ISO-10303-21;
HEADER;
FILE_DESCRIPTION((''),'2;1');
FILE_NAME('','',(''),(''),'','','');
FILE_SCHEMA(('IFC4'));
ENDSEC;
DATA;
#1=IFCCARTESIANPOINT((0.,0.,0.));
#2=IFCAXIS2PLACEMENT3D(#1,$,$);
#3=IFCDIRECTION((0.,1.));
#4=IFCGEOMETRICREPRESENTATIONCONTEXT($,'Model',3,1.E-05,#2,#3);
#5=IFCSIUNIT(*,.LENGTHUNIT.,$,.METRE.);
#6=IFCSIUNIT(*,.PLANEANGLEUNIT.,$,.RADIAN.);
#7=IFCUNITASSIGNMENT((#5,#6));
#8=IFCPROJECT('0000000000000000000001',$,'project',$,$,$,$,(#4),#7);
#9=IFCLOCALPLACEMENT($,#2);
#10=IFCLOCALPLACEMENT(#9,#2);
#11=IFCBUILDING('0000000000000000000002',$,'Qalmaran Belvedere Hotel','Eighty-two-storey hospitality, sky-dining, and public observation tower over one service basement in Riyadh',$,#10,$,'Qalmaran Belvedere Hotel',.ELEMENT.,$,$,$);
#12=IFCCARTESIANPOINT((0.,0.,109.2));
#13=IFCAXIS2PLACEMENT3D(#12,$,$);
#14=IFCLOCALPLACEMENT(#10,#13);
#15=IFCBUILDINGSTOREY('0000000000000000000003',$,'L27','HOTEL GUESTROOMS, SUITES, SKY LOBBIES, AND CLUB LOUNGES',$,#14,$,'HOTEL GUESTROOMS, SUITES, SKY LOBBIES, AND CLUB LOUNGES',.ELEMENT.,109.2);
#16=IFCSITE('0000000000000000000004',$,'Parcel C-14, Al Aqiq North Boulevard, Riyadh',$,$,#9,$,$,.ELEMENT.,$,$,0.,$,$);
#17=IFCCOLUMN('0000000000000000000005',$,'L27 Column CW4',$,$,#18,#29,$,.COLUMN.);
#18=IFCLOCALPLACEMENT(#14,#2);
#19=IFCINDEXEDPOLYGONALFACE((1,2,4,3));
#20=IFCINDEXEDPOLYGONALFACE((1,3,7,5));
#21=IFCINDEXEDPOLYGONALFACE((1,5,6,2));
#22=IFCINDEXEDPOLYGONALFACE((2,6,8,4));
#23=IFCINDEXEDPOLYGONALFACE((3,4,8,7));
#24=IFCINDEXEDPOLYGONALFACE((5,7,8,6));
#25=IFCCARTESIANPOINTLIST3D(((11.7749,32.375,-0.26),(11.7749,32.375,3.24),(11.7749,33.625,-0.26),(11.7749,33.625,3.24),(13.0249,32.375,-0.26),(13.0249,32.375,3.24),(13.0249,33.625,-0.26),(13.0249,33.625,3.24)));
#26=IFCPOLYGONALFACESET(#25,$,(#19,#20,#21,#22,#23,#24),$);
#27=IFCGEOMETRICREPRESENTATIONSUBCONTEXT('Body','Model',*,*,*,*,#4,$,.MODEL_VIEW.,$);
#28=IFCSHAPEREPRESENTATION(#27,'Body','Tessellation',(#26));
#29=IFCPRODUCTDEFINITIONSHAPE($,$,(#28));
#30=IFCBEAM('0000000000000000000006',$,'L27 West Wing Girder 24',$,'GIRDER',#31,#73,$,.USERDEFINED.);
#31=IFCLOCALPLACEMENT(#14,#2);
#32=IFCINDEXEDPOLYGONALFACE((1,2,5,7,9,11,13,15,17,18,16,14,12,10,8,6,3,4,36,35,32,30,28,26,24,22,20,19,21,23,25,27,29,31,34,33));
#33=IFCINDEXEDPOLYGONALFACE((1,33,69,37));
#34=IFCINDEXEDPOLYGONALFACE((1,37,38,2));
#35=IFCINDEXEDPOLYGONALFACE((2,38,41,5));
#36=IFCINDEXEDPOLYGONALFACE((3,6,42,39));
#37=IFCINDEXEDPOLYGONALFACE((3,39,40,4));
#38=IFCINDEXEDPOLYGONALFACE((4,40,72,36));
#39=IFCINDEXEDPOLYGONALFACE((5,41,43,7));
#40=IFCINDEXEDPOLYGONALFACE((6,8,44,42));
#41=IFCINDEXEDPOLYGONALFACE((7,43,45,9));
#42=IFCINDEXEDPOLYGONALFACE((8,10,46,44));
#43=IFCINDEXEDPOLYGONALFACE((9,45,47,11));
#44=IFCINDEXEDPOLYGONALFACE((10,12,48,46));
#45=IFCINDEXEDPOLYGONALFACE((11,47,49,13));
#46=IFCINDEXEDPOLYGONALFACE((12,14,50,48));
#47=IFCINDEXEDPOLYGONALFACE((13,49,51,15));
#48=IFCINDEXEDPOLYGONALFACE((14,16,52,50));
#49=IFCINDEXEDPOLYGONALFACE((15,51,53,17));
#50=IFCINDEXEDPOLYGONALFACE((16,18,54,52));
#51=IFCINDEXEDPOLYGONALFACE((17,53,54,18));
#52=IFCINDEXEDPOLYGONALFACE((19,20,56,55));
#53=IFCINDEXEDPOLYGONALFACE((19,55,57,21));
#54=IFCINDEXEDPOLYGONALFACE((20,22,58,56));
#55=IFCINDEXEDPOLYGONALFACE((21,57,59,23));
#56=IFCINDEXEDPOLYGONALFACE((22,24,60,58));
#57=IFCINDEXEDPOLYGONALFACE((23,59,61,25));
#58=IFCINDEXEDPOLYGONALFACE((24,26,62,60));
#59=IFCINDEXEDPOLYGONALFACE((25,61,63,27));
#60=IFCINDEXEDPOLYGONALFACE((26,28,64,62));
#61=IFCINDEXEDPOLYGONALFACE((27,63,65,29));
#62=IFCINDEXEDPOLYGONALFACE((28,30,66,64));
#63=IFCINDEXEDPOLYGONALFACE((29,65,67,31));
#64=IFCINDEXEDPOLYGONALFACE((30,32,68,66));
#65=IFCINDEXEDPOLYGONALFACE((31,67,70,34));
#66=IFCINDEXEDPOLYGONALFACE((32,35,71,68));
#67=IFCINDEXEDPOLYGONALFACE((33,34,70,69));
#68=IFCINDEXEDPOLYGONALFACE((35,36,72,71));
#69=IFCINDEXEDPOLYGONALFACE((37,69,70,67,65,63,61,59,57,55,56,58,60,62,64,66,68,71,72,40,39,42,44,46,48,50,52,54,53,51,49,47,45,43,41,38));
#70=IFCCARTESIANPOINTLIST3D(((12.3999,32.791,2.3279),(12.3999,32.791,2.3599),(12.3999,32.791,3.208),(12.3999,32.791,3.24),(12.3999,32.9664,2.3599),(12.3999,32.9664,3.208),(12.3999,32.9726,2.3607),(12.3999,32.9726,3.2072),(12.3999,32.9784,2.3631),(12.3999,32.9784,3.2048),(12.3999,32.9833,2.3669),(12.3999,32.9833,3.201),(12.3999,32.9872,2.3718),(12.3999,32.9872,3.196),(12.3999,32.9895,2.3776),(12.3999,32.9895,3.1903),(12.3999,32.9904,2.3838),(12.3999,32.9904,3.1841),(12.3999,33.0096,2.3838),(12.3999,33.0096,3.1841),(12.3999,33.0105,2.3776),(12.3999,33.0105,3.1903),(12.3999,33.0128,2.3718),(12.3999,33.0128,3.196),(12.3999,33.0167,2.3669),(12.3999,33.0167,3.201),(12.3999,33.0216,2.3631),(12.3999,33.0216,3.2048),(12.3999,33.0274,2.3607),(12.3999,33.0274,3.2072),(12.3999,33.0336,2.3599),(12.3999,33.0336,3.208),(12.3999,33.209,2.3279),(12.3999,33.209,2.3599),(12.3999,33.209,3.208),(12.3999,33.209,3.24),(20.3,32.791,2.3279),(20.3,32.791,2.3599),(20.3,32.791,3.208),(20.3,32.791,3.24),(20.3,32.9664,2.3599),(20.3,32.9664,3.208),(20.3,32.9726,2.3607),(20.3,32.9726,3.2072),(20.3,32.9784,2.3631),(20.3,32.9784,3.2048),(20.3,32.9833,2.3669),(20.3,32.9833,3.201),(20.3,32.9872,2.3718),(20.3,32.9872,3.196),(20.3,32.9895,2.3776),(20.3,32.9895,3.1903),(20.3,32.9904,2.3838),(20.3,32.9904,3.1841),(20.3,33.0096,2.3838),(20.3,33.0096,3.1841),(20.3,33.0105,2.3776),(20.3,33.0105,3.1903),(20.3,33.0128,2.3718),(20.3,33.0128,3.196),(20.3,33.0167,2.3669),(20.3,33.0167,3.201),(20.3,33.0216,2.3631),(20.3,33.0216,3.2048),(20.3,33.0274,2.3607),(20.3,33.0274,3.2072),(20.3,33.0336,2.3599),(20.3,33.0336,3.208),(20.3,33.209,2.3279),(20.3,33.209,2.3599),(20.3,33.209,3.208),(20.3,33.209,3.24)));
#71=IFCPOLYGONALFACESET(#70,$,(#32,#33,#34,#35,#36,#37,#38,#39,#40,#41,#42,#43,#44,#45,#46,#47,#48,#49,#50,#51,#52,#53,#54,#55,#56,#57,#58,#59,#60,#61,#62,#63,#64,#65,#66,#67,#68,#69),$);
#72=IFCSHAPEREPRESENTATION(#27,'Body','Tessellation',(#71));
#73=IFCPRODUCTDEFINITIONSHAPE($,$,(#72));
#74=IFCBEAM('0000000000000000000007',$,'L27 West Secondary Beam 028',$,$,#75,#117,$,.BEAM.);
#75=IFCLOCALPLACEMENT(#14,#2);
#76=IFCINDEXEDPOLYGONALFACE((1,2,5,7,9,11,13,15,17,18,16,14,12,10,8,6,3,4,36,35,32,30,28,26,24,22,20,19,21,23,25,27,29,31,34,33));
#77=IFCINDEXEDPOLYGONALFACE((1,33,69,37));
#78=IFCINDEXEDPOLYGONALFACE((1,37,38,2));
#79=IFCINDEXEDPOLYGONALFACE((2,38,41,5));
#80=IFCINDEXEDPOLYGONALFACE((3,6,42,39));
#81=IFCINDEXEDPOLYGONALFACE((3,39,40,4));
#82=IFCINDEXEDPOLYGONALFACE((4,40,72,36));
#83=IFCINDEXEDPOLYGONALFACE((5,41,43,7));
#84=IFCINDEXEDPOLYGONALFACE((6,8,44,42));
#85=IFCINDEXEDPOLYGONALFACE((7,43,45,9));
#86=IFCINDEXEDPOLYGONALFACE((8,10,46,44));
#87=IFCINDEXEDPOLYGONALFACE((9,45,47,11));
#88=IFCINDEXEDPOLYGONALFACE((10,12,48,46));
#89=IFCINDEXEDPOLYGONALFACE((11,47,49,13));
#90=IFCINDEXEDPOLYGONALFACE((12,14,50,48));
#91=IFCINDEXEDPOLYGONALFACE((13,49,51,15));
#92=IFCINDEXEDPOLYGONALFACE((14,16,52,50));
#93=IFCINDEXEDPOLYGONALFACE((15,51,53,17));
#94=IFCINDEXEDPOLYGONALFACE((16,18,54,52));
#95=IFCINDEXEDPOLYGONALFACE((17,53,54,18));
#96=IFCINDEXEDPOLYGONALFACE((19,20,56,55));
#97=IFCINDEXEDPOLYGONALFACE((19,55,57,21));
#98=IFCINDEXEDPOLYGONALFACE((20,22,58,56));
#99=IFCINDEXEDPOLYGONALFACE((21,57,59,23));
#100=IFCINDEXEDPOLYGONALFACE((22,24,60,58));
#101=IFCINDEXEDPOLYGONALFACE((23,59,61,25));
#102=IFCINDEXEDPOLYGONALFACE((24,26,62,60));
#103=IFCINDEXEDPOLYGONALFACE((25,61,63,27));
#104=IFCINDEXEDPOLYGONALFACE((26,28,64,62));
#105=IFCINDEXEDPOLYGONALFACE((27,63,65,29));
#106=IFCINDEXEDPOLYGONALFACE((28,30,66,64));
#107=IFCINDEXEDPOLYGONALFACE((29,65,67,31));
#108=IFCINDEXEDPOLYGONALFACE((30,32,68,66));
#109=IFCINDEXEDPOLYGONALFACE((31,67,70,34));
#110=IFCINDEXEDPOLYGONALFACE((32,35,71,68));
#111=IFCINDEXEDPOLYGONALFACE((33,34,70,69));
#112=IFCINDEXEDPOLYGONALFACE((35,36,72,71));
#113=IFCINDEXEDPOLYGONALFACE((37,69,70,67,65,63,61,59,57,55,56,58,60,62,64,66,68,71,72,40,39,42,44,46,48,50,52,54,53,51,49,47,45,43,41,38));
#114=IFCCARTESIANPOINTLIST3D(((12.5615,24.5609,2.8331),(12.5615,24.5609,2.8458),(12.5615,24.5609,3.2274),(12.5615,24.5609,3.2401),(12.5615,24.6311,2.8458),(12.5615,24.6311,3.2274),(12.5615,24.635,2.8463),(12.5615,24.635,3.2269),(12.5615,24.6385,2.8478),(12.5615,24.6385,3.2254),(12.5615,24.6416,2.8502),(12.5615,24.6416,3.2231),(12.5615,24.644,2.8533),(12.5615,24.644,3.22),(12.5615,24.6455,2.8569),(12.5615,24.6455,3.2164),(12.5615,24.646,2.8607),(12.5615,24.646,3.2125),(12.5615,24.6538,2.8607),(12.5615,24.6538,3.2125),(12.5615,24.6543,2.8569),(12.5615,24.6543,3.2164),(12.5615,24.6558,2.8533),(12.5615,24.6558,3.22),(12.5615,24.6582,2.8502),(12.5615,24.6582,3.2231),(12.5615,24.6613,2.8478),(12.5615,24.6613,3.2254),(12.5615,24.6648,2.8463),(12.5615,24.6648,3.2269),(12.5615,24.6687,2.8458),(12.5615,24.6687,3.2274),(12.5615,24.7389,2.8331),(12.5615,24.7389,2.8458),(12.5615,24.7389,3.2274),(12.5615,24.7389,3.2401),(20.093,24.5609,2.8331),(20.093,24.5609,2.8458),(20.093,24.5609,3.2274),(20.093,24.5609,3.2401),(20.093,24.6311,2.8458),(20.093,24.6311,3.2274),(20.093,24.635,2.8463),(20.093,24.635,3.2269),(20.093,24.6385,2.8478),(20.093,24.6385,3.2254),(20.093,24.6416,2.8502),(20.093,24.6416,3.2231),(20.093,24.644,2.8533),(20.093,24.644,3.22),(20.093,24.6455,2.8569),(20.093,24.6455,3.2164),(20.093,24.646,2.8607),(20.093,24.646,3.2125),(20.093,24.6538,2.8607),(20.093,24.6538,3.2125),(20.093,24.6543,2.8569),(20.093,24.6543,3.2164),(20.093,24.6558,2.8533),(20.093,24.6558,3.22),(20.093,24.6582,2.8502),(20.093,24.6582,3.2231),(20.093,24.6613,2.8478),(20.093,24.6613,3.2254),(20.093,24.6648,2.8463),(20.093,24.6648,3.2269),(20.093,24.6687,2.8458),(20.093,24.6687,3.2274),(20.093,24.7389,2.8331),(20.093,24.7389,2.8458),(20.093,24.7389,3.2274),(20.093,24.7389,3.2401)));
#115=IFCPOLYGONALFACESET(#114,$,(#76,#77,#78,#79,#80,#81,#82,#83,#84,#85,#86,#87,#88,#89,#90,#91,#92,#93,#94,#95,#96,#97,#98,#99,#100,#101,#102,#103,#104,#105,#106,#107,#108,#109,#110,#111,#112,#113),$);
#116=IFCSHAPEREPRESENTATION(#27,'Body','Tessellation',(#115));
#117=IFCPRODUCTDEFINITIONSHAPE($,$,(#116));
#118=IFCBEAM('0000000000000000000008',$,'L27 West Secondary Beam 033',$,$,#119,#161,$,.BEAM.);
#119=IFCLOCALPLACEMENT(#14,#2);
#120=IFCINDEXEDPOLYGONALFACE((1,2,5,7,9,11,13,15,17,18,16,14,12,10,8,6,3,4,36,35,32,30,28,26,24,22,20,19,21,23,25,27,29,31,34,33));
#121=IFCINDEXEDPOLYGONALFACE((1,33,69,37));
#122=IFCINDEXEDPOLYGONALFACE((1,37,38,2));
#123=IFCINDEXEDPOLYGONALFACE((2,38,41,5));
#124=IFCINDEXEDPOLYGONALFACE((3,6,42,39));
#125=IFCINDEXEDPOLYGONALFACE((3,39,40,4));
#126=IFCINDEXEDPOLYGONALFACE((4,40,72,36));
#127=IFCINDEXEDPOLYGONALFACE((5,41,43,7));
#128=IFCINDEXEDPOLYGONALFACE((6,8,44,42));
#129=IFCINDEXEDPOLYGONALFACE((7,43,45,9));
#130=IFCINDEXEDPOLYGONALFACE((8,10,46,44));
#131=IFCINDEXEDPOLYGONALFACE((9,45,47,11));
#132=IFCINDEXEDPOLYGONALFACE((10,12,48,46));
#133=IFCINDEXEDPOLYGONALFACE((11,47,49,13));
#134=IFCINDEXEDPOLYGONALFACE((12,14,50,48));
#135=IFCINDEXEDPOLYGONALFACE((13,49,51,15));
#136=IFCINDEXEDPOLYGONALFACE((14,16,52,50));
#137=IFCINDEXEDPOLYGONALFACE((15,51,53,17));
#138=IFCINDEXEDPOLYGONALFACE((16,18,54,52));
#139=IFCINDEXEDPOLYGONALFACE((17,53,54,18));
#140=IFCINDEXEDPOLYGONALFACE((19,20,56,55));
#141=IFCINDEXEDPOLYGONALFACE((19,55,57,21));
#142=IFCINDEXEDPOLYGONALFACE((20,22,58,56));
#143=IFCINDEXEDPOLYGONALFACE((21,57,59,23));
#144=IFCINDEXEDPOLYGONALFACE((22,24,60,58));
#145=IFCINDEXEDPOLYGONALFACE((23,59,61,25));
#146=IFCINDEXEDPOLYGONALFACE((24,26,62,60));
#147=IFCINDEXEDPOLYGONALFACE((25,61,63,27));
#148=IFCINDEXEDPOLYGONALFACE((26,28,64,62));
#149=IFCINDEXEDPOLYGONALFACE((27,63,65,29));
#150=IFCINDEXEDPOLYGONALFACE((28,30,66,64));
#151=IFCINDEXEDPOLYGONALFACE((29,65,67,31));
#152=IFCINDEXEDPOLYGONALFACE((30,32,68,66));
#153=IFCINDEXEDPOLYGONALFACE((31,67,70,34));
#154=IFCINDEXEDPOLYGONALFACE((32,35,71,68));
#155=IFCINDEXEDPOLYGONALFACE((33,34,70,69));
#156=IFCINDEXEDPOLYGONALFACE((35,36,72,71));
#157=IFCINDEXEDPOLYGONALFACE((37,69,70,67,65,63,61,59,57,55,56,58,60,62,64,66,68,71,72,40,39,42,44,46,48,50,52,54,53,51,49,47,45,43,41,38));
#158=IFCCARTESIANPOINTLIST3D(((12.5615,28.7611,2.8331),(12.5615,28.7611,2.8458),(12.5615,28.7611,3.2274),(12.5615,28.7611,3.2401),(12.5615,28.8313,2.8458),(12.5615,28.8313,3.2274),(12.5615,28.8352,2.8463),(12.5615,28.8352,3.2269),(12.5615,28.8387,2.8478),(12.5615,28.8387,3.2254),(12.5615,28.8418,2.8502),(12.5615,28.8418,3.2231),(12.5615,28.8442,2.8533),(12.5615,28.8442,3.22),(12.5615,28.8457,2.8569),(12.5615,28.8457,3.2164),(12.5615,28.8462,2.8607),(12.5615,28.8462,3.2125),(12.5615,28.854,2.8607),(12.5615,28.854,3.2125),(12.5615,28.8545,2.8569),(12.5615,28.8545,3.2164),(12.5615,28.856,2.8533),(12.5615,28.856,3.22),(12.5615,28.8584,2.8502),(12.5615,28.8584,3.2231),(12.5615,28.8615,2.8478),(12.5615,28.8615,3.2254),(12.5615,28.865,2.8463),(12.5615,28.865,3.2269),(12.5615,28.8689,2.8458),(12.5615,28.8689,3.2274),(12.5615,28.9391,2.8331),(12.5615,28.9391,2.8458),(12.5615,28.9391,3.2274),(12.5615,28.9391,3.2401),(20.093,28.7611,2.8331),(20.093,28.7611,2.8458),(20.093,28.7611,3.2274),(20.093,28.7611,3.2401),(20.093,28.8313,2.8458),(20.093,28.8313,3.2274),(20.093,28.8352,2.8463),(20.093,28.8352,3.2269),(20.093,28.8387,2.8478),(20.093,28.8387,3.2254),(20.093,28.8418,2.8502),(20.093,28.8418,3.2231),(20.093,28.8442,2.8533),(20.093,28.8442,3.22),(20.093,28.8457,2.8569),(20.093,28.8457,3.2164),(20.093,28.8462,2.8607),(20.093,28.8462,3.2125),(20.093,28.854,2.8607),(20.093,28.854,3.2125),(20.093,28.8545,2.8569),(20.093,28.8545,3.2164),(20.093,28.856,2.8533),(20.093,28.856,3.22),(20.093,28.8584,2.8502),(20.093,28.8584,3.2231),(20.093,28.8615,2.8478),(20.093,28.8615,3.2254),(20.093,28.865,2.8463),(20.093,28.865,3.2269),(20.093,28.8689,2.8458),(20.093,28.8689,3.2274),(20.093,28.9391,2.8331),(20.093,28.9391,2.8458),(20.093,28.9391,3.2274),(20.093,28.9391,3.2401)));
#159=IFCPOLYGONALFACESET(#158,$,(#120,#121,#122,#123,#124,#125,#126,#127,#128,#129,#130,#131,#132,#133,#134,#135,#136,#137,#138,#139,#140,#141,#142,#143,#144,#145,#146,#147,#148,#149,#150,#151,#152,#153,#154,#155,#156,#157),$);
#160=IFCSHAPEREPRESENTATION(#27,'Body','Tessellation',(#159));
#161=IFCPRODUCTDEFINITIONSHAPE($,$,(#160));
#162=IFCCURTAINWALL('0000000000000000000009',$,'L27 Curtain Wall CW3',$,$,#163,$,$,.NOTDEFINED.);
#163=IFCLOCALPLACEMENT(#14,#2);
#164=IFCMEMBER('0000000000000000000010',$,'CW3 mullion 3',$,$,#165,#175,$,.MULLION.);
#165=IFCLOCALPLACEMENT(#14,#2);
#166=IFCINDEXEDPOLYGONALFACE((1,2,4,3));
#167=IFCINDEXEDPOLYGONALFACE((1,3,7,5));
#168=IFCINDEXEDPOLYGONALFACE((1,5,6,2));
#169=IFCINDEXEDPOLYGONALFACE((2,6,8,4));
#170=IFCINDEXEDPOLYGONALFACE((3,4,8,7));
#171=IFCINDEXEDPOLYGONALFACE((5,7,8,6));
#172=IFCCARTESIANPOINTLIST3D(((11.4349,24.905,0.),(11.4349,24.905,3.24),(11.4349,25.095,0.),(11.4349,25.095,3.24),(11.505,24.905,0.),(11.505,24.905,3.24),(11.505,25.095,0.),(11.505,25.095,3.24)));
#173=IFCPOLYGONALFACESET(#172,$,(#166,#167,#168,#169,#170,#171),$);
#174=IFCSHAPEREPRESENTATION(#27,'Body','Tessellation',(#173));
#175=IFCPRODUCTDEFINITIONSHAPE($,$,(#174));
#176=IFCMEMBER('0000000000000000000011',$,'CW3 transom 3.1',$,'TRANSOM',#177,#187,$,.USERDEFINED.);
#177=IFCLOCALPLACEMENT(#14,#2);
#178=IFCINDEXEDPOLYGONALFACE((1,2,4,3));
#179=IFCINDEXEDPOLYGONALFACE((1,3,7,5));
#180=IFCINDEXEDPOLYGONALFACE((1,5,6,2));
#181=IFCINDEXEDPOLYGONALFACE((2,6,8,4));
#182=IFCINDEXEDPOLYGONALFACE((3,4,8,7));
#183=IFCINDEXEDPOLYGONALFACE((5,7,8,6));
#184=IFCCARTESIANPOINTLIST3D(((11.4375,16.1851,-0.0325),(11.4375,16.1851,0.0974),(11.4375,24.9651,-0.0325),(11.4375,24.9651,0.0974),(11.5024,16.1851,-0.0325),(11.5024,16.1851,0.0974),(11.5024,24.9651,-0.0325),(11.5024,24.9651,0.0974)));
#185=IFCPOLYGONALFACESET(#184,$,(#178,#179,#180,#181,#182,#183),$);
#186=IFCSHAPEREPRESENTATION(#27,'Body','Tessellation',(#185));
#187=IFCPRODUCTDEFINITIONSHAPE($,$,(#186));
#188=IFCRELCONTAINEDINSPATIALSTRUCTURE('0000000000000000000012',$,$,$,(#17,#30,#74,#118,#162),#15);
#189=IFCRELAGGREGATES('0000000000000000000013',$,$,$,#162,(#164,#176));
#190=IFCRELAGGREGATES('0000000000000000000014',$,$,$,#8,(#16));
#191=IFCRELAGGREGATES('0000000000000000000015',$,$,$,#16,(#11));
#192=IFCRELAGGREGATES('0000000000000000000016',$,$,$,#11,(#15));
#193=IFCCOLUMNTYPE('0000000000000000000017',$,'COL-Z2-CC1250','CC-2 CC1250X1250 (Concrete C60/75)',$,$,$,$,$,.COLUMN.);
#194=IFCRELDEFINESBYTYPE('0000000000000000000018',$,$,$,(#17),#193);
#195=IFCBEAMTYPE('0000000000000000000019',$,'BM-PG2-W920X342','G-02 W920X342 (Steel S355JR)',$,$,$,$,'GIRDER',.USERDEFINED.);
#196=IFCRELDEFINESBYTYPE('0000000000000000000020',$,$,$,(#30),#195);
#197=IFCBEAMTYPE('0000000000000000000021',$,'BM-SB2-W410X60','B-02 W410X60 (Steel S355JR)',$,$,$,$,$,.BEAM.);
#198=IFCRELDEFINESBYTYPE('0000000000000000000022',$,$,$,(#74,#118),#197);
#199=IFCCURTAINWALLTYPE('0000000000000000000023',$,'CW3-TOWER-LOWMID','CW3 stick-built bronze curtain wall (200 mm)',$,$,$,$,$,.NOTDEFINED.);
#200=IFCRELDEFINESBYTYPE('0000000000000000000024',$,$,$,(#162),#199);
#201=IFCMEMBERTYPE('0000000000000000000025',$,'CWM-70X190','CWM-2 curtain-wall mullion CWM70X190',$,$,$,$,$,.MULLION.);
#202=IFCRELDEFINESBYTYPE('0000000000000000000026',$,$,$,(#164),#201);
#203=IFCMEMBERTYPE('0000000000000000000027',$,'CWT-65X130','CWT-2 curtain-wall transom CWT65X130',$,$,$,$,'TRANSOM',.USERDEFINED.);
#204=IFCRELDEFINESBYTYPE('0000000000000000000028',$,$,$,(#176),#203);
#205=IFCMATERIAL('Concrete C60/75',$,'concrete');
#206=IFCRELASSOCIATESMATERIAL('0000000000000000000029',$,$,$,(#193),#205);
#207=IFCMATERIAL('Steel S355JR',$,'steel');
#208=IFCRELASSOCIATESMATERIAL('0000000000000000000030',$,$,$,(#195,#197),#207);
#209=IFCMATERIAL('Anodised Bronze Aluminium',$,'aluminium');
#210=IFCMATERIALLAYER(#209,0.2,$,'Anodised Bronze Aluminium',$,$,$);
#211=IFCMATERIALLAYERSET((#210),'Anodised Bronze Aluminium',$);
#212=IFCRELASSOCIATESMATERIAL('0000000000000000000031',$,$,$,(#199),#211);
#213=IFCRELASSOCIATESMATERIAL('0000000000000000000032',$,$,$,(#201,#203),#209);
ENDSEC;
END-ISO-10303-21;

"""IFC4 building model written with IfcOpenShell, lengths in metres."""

from ifc_helpers import new_model, si_unit, direction, frame, origin, origin_2d, place, context, subcontext, project, spatial, rectangle, i_section, extrude, material, layer, layer_set, material_profile, profile_set, type_object, element, aggregate, save


model = new_model("IFC4")

# Units and contexts
model_context = context("Model", 3, precision=1e-05, world=origin(), true_north=direction((0.0, 1.0)))
body_context = subcontext(model_context, "Body", "Model", "MODEL_VIEW")
ifc_project = project(units=[si_unit("LENGTHUNIT", "METRE"), si_unit("PLANEANGLEUNIT", "RADIAN")], contexts=[model_context])

# Site, building, storey
site_placement = place(None, origin())
site = spatial("IfcSite", under=ifc_project, at=site_placement, Name="Parcel C-14, Al Aqiq North Boulevard, Riyadh", CompositionType="ELEMENT", RefElevation=0.0)
building_placement = place(site_placement, origin())
building = spatial("IfcBuilding", under=site, at=building_placement, Name="Qalmaran Belvedere Hotel", Description="Eighty-two-storey hospitality, sky-dining, and public observation tower over one service basement in Riyadh", LongName="Qalmaran Belvedere Hotel", CompositionType="ELEMENT")
storey_placement = place(building_placement, frame((0.0, 0.0, 109.2)))
storey = spatial("IfcBuildingStorey", under=building, at=storey_placement, Name="L27", Description="HOTEL GUESTROOMS, SUITES, SKY LOBBIES, AND CLUB LOUNGES", LongName="HOTEL GUESTROOMS, SUITES, SKY LOBBIES, AND CLUB LOUNGES", CompositionType="ELEMENT", Elevation=109.2)

# Column
ifc_material_1 = material(Name="Concrete C60/75", Category="concrete")
ifc_material_profile_1 = material_profile(ifc_material_1, rectangle(XDim=1.25, YDim=1.25, at=origin_2d()), Name="CC1250X1250")
ifc_profile_set_1 = profile_set([ifc_material_profile_1], Name="Concrete C60/75")
column_type = type_object("IfcColumnType", Name="COL-Z2-CC1250", Description="CC-2 CC1250X1250 (Concrete C60/75)", PredefinedType="COLUMN", material=ifc_profile_set_1)
column_placement = place(storey_placement, frame((12.3999, 33.0, -0.26), z_axis=(0.0, 0.0, 1.0), x_axis=(1.0, 0.0, 0.0)))
element("IfcColumn", 1, at=column_placement, inside=storey, type_object=column_type, Name="L27 Column CW4", PredefinedType="COLUMN", context=body_context, shape_type="SweptSolid", body=[
    extrude(rectangle(XDim=1.25, YDim=1.25, at=origin_2d()), origin(), (0.0, 0.0, 1.0), 3.5),
])

# Beams
ifc_material_2 = material(Name="Steel S355JR", Category="steel")
ifc_material_profile_2 = material_profile(ifc_material_2, i_section(OverallWidth=0.418, OverallDepth=0.9121, WebThickness=0.0193, FlangeThickness=0.032, FilletRadius=0.0239, at=origin_2d()), Name="W920X342")
ifc_profile_set_2 = profile_set([ifc_material_profile_2], Name="Steel S355JR")
beam_type_1 = type_object("IfcBeamType", Name="BM-PG2-W920X342", Description="G-02 W920X342 (Steel S355JR)", ElementType="GIRDER", PredefinedType="USERDEFINED", material=ifc_profile_set_2)
beam_placement = place(storey_placement, frame((12.3999, 33.0, 2.7839), z_axis=(1.0, 0.0, 0.0), x_axis=(0.0, 1.0, 0.0)))
element("IfcBeam", 2, at=beam_placement, inside=storey, type_object=beam_type_1, Name="L27 West Wing Girder 24", ObjectType="GIRDER", PredefinedType="USERDEFINED", context=body_context, shape_type="SweptSolid", body=[
    extrude(i_section(OverallWidth=0.418, OverallDepth=0.9121, WebThickness=0.0193, FlangeThickness=0.032, FilletRadius=0.0239, at=origin_2d()), origin(), (0.0, 0.0, 1.0), 7.9001),
])
ifc_material_profile_3 = material_profile(ifc_material_2, i_section(OverallWidth=0.178, OverallDepth=0.407, WebThickness=0.0078, FlangeThickness=0.0127, FilletRadius=0.0149, at=origin_2d()), Name="W410X60")
ifc_profile_set_3 = profile_set([ifc_material_profile_3], Name="Steel S355JR")
beam_type_2 = type_object("IfcBeamType", Name="BM-SB2-W410X60", Description="B-02 W410X60 (Steel S355JR)", PredefinedType="BEAM", material=ifc_profile_set_3)
for number, where, z_axis, x_axis, name in (
    (3, (12.5615, 24.6499, 3.0366), (1.0, 0.0, 0.0), (0.0, 1.0, 0.0), "L27 West Secondary Beam 028"),
    (4, (12.5615, 28.8501, 3.0366), (1.0, 0.0, 0.0), (0.0, 1.0, 0.0), "L27 West Secondary Beam 033"),
):
    element("IfcBeam", number, at=place(storey_placement, frame(where, z_axis=z_axis, x_axis=x_axis)), inside=storey, type_object=beam_type_2, Name=name, PredefinedType="BEAM", context=body_context, shape_type="SweptSolid", body=[
        extrude(i_section(OverallWidth=0.178, OverallDepth=0.407, WebThickness=0.0078, FlangeThickness=0.0127, FilletRadius=0.0149, at=origin_2d()), origin(), (0.0, 0.0, 1.0), 7.5315),
    ])

# Curtain wall, members
ifc_material_3 = material(Name="Anodised Bronze Aluminium", Category="aluminium")
ifc_layer_1 = layer(ifc_material_3, 0.2, Name="Anodised Bronze Aluminium")
ifc_layer_set_1 = layer_set([ifc_layer_1], Name="Anodised Bronze Aluminium")
curtain_wall_type = type_object("IfcCurtainWallType", Name="CW3-TOWER-LOWMID", Description="CW3 stick-built bronze curtain wall (200 mm)", PredefinedType="NOTDEFINED", material=ifc_layer_set_1)
curtain_wall_placement = place(storey_placement, origin())
curtain_wall = element("IfcCurtainWall", 5, at=curtain_wall_placement, inside=storey, type_object=curtain_wall_type, Name="L27 Curtain Wall CW3", PredefinedType="NOTDEFINED")
ifc_material_profile_4 = material_profile(ifc_material_3, rectangle(XDim=0.0701, YDim=0.1899, at=origin_2d()), Name="CWM70X190")
ifc_profile_set_4 = profile_set([ifc_material_profile_4], Name="Anodised Bronze Aluminium")
member_type_1 = type_object("IfcMemberType", Name="CWM-70X190", Description="CWM-2 curtain-wall mullion CWM70X190", PredefinedType="MULLION", material=ifc_profile_set_4)
member_1_placement = place(storey_placement, frame((11.47, 25.0, 0.0), z_axis=(0.0, 0.0, 1.0), x_axis=(1.0, 0.0, 0.0)))
member_1 = element("IfcMember", 6, at=member_1_placement, type_object=member_type_1, Name="CW3 mullion 3", PredefinedType="MULLION", context=body_context, shape_type="SweptSolid", body=[
    extrude(rectangle(XDim=0.0701, YDim=0.1899, at=origin_2d()), origin(), (0.0, 0.0, 1.0), 3.24),
])
ifc_material_profile_5 = material_profile(ifc_material_3, rectangle(XDim=0.0649, YDim=0.1299, at=origin_2d()), Name="CWT65X130")
ifc_profile_set_5 = profile_set([ifc_material_profile_5], Name="Anodised Bronze Aluminium")
member_type_2 = type_object("IfcMemberType", Name="CWT-65X130", Description="CWT-2 curtain-wall transom CWT65X130", ElementType="TRANSOM", PredefinedType="USERDEFINED", material=ifc_profile_set_5)
member_2_placement = place(storey_placement, frame((11.47, 24.9651, 0.0325), z_axis=(0.0, -1.0, 0.0), x_axis=(1.0, 0.0, 0.0)))
member_2 = element("IfcMember", 7, at=member_2_placement, type_object=member_type_2, Name="CW3 transom 3.1", ObjectType="TRANSOM", PredefinedType="USERDEFINED", context=body_context, shape_type="SweptSolid", body=[
    extrude(rectangle(XDim=0.0649, YDim=0.1299, at=origin_2d()), origin(), (0.0, 0.0, 1.0), 8.78),
])
aggregate(curtain_wall, [member_1, member_2])

save(model, "model.ifc")
